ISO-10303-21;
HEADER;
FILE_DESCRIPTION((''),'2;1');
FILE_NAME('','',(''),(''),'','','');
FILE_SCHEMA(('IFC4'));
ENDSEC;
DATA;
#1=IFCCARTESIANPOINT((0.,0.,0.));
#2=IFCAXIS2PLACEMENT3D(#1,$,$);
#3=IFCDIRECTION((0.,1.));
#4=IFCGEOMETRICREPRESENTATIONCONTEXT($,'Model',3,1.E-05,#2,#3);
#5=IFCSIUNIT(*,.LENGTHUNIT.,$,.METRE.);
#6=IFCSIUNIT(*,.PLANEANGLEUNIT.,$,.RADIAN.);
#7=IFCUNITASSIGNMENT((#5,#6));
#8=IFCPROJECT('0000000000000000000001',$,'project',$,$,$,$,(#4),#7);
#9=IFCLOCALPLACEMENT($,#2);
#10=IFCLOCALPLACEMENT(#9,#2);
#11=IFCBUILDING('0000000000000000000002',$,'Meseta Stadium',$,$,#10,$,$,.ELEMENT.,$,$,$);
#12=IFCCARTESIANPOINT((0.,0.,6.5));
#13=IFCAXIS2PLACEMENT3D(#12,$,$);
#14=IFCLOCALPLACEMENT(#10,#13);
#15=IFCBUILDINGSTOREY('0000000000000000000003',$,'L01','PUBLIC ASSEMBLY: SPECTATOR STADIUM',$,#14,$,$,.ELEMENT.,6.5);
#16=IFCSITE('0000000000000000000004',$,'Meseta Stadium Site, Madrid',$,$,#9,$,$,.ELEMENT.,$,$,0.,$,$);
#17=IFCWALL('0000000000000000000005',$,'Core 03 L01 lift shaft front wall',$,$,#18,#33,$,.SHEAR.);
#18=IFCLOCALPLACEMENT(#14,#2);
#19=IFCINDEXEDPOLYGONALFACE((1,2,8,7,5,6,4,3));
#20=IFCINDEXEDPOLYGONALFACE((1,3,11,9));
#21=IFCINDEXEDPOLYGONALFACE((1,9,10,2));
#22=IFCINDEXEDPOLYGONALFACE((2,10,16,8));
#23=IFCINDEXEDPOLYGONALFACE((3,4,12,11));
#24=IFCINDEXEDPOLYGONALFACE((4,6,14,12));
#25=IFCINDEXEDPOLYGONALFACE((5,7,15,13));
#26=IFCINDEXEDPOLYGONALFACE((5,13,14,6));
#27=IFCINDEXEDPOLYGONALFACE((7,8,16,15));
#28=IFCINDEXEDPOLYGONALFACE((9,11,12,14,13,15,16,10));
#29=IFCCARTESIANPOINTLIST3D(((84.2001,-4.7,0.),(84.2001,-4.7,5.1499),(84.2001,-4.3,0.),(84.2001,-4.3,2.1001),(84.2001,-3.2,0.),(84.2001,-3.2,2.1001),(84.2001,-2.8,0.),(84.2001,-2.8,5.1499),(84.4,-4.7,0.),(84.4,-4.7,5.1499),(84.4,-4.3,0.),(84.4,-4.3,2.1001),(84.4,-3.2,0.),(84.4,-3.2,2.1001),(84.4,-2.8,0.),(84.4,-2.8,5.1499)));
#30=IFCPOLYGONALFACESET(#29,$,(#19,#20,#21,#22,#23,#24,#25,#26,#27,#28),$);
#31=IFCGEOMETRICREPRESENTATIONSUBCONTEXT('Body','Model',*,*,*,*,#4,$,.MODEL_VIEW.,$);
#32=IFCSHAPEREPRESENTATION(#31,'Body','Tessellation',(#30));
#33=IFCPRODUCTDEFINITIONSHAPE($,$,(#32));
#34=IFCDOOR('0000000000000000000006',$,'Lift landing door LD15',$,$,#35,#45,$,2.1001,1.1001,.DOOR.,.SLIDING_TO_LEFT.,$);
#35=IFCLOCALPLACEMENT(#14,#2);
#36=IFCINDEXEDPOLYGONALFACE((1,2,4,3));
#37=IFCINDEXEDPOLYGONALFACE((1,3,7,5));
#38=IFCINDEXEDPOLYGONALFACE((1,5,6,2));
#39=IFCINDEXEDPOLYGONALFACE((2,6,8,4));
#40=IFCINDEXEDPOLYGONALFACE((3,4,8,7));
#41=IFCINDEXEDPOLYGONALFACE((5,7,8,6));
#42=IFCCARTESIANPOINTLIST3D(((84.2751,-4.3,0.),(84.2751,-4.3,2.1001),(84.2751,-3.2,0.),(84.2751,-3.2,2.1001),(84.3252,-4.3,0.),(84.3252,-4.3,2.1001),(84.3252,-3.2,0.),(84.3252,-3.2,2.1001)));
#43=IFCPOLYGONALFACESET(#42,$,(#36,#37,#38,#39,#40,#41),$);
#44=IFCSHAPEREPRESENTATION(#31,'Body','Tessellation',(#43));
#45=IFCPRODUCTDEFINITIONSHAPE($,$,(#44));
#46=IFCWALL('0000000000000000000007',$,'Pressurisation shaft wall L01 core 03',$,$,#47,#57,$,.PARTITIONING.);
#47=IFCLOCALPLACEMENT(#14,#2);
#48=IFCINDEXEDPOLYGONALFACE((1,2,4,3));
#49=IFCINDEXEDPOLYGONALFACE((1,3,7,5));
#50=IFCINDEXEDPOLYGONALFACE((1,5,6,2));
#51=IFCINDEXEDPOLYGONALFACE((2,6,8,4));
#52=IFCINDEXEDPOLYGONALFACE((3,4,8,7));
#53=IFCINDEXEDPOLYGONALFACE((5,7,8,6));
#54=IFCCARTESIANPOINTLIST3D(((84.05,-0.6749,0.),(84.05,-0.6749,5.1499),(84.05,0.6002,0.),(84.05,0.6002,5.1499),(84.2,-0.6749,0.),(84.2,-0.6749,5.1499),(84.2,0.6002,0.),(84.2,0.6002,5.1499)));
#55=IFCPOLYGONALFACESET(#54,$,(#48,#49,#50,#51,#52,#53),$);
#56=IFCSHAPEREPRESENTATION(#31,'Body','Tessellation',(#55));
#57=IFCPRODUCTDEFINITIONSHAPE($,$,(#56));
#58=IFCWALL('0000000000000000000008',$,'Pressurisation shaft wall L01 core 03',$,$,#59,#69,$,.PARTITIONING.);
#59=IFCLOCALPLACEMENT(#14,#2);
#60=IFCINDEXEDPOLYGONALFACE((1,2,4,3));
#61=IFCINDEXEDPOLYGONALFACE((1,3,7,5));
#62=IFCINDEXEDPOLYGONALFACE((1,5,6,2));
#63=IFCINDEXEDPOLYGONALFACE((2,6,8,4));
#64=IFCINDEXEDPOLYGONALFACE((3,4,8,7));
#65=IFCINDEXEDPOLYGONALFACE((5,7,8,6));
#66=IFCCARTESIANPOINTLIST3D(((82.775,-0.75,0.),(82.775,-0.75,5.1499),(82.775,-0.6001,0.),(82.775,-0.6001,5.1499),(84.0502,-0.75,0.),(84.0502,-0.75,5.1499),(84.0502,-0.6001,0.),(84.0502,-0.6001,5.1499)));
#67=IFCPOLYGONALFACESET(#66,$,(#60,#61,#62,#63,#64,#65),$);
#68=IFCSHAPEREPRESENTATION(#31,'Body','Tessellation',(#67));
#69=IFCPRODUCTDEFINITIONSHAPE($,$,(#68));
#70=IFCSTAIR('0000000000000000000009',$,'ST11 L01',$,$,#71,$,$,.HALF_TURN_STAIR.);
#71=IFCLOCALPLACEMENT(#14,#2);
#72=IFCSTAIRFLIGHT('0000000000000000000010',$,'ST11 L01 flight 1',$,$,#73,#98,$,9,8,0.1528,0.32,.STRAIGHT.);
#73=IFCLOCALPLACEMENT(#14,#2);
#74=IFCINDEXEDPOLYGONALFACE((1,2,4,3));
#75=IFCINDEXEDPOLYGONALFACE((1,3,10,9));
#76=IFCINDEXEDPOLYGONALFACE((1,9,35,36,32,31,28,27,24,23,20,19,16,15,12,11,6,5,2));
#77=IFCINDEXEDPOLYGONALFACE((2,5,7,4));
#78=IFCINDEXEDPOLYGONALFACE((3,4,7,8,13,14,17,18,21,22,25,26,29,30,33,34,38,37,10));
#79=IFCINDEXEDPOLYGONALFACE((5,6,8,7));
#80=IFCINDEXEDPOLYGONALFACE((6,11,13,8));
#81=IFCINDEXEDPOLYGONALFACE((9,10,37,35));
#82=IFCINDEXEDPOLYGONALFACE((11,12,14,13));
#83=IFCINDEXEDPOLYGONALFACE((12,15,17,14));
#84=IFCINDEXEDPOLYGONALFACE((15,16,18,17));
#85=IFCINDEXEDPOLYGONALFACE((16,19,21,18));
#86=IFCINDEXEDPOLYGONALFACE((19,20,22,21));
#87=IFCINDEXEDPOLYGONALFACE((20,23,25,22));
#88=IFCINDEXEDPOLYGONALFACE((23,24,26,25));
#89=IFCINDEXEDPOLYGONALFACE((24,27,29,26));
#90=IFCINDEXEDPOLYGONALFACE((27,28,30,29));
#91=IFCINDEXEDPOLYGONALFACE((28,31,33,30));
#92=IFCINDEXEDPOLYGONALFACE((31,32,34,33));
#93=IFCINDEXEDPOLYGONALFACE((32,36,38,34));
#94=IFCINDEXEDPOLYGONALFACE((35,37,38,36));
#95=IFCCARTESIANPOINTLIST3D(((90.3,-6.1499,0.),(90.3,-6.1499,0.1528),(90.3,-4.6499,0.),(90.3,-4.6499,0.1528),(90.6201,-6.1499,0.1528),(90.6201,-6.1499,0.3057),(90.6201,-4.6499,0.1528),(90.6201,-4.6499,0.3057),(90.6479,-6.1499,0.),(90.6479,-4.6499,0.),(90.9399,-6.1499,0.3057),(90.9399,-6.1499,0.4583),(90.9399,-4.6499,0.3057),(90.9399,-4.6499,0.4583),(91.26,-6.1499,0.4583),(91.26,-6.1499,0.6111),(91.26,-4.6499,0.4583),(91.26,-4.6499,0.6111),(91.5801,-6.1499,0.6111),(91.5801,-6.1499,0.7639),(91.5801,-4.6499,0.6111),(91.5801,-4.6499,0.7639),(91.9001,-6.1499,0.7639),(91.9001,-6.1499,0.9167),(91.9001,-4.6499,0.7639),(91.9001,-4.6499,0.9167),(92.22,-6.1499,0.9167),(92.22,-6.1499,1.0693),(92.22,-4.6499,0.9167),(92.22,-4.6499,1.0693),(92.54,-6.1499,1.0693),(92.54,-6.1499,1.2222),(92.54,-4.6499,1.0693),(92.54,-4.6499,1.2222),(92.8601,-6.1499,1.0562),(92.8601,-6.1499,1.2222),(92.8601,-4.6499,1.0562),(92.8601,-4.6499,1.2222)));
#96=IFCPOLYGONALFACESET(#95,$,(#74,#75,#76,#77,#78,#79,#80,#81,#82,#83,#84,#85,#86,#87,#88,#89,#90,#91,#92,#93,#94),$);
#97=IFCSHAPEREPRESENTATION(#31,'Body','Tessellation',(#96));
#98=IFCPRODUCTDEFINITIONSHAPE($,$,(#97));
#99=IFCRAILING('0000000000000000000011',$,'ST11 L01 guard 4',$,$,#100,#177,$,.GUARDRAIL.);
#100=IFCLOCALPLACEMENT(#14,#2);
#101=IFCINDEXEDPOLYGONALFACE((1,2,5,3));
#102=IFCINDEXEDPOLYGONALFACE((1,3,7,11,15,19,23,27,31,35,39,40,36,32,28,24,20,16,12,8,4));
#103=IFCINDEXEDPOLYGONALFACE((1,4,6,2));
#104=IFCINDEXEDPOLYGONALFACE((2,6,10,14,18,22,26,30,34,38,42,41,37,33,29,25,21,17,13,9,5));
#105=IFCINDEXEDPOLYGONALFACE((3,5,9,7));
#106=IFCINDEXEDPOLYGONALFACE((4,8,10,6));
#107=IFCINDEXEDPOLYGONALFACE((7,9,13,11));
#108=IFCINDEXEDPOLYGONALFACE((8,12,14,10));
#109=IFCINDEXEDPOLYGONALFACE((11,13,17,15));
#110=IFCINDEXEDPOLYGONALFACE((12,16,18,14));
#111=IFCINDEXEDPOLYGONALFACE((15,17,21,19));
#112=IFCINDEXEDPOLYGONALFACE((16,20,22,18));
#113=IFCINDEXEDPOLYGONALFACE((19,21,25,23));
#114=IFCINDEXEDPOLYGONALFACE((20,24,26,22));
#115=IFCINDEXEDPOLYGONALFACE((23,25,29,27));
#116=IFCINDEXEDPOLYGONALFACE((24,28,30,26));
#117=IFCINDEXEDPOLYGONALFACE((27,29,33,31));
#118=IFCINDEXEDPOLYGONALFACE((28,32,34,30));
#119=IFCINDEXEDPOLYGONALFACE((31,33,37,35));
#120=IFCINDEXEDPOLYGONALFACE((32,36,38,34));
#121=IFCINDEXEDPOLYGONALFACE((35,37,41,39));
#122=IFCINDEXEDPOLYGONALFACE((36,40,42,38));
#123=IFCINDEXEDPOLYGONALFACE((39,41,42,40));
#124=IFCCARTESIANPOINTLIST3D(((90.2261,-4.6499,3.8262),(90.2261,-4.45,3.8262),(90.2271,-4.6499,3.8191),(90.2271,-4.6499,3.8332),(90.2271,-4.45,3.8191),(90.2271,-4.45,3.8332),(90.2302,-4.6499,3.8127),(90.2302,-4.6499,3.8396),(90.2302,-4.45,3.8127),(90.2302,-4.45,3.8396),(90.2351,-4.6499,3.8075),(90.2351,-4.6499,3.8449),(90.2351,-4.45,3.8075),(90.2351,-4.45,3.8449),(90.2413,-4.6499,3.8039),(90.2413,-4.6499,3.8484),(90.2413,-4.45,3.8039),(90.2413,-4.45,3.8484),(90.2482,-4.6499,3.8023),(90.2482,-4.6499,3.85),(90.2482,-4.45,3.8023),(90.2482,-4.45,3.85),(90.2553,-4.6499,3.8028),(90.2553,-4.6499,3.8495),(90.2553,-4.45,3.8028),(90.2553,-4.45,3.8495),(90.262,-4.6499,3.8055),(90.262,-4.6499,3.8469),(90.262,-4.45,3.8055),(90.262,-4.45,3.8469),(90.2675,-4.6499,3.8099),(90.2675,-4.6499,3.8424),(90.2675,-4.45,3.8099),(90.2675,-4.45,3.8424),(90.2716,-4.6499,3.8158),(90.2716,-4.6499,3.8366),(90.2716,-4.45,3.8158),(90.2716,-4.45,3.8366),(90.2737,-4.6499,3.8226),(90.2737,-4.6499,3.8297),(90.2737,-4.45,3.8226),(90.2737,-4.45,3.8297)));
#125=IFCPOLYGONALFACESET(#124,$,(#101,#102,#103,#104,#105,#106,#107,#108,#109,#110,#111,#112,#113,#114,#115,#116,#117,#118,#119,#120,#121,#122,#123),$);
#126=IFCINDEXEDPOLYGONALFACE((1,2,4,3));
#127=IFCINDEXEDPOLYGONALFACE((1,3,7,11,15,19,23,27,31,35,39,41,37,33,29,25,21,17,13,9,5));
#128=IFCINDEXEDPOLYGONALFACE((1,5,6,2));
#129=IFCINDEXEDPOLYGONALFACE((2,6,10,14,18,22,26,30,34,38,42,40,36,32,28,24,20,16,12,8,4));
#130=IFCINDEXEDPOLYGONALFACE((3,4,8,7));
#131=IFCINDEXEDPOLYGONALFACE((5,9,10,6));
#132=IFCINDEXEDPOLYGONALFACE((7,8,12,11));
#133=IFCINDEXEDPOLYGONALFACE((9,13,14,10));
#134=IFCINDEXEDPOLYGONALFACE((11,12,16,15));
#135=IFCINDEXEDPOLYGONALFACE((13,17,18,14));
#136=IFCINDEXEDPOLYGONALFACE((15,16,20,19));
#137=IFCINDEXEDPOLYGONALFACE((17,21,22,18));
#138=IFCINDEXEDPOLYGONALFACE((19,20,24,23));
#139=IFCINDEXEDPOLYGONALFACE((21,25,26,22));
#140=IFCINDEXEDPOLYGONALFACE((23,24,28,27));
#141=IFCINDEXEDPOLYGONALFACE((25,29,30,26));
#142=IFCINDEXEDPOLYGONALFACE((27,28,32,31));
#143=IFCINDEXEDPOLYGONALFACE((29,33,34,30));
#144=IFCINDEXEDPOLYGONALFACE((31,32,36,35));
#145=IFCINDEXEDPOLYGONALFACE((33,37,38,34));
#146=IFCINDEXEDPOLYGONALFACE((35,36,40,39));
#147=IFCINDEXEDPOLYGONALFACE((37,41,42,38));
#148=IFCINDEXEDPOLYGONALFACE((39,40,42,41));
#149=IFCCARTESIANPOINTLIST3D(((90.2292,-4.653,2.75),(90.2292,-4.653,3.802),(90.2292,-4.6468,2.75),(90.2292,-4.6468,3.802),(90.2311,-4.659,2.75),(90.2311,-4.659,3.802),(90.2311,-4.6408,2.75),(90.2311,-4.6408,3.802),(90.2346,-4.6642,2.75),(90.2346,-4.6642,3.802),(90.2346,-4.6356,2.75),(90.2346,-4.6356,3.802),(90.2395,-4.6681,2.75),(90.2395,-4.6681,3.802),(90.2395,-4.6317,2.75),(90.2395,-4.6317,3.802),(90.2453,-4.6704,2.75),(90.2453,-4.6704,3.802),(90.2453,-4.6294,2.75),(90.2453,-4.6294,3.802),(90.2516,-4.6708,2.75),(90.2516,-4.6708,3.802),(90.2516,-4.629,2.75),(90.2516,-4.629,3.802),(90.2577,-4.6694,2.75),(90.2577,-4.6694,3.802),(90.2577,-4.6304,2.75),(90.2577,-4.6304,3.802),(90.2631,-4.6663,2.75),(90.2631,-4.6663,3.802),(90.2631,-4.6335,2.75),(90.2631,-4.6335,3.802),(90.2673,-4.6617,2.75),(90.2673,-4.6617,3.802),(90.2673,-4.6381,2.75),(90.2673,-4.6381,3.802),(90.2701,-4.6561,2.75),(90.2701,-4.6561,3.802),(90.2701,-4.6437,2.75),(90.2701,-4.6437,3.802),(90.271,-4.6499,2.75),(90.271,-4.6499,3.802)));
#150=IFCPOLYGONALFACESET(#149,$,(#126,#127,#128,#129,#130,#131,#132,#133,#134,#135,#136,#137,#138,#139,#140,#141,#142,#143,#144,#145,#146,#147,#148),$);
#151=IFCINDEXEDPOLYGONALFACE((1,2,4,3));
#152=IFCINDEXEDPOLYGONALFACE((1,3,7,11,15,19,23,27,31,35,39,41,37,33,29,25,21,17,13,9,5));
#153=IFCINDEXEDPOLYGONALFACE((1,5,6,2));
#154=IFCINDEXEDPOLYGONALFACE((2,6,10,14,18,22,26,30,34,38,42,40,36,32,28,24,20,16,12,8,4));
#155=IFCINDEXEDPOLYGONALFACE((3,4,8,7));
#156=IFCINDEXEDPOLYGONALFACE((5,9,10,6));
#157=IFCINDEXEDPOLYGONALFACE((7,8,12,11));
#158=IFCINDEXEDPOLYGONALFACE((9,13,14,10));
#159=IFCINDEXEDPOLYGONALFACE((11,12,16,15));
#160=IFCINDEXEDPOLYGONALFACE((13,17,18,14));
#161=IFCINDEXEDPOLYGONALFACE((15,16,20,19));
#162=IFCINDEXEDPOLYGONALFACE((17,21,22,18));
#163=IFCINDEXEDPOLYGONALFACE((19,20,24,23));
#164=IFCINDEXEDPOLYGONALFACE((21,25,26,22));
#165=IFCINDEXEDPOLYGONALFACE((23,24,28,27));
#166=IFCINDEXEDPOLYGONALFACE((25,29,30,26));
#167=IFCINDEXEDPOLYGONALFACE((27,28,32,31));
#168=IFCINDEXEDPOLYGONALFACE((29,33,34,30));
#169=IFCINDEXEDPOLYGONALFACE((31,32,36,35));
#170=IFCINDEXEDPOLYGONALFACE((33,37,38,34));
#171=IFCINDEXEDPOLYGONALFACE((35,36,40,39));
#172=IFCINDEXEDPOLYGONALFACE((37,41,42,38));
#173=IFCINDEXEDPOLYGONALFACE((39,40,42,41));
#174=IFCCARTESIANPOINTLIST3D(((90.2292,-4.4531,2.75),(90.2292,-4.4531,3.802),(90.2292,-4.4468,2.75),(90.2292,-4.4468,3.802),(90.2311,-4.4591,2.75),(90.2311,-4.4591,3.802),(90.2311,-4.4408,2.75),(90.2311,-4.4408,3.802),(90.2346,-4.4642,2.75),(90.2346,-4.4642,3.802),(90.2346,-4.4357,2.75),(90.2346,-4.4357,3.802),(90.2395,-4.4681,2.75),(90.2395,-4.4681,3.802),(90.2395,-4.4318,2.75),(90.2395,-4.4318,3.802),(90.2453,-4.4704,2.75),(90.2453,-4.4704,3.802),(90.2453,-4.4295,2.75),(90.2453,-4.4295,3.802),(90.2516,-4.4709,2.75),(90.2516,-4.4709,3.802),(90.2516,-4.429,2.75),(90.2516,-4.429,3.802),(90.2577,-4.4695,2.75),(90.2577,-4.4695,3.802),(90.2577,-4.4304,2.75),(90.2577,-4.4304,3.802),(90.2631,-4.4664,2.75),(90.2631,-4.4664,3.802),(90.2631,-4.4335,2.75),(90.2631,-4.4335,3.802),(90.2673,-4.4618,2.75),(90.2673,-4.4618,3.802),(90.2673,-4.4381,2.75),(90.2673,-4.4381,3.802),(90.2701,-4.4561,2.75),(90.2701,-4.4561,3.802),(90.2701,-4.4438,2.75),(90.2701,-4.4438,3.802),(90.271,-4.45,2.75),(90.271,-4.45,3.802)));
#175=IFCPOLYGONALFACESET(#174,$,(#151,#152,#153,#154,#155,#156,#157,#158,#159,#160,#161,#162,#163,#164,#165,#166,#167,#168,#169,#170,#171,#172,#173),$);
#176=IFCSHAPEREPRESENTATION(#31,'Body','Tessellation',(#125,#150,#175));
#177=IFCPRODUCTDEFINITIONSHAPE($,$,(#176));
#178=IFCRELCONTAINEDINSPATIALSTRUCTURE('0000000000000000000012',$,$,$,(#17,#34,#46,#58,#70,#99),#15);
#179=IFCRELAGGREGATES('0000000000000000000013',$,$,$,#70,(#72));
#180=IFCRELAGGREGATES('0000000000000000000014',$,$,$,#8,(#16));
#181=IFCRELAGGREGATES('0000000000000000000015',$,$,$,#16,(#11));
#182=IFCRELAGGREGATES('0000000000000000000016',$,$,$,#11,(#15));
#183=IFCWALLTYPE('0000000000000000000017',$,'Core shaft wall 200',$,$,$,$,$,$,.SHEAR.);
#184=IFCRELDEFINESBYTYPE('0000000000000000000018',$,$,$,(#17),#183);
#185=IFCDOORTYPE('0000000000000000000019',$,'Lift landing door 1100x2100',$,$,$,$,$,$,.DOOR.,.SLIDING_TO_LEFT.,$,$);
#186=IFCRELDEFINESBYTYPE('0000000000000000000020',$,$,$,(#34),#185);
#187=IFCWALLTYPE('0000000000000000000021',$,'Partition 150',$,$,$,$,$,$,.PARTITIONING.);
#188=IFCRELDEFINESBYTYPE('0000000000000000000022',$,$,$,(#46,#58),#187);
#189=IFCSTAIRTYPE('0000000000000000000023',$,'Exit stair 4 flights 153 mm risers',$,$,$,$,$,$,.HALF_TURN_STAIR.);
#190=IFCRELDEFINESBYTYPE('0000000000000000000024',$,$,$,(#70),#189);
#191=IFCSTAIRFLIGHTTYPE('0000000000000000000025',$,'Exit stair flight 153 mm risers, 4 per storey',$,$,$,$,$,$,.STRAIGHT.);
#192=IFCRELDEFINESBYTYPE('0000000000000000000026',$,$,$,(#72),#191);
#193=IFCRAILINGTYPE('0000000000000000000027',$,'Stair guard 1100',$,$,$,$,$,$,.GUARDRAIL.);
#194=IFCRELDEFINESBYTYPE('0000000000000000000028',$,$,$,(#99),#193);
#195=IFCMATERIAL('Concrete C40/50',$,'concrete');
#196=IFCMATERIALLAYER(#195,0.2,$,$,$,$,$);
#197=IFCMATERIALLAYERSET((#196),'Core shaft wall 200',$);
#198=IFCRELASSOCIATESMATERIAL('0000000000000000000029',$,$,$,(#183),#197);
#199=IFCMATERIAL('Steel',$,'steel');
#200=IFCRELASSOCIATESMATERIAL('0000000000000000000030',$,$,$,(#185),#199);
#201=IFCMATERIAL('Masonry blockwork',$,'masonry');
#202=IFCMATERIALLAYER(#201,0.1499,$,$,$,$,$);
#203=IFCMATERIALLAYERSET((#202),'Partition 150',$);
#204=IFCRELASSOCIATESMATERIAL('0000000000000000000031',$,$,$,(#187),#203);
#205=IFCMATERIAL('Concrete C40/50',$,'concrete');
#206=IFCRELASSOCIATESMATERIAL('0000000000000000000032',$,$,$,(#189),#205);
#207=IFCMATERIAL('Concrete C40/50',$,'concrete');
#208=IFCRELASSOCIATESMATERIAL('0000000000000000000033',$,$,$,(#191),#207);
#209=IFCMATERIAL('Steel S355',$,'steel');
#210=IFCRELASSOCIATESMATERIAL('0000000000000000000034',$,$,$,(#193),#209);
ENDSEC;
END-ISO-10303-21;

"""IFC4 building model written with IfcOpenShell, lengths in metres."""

from ifc_helpers import new_model, si_unit, direction, frame, frame_2d, origin, origin_2d, place, context, subcontext, project, spatial, polyline, rectangle, circle, outline, extrude, material, layer, layer_set, type_object, element, fill, aggregate, save


model = new_model("IFC4")

# Units and contexts
model_context = context("Model", 3, precision=1e-05, world=origin(), true_north=direction((0.0, 1.0)))
body_context = subcontext(model_context, "Body", "Model", "MODEL_VIEW")
ifc_project = project(units=[si_unit("LENGTHUNIT", "METRE"), si_unit("PLANEANGLEUNIT", "RADIAN")], contexts=[model_context])

# Site, building, storey
site_placement = place(None, origin())
site = spatial("IfcSite", under=ifc_project, at=site_placement, Name="Meseta Stadium Site, Madrid", CompositionType="ELEMENT", RefElevation=0.0)
building_placement = place(site_placement, origin())
building = spatial("IfcBuilding", under=site, at=building_placement, Name="Meseta Stadium", CompositionType="ELEMENT")
storey_placement = place(building_placement, frame((0.0, 0.0, 6.5)))
storey = spatial("IfcBuildingStorey", under=building, at=storey_placement, Name="L01", Description="PUBLIC ASSEMBLY: SPECTATOR STADIUM", CompositionType="ELEMENT", Elevation=6.5)

# Shared definitions
ifc_material_1 = material(Name="Concrete C40/50", Category="concrete")
ifc_layer_1 = layer(ifc_material_1, 0.2)
ifc_layer_set_1 = layer_set([ifc_layer_1], Name="Core shaft wall 200")
wall_type_1 = type_object("IfcWallType", Name="Core shaft wall 200", PredefinedType="SHEAR", material=ifc_layer_set_1)

# Wall, opening, door
wall_1_placement = place(storey_placement, frame((84.3, -4.7, 0.0), z_axis=(0.0, 0.0, 1.0), x_axis=(0.0, 1.0, 0.0)))
wall_1 = element("IfcWall", 1, at=wall_1_placement, inside=storey, type_object=wall_type_1, Name="Core 03 L01 lift shaft front wall", PredefinedType="SHEAR", context=body_context, shape_type="SweptSolid", body=[
    extrude(rectangle(XDim=1.8999, YDim=0.2, at=frame_2d((0.95, 0.0))), origin(), (0.0, 0.0, 1.0), 5.1499),
])
opening_1_placement = place(wall_1_placement, frame((0.3999, 0.0, 0.0)))
opening_1 = element("IfcOpeningElement", 2, at=opening_1_placement, cuts=wall_1, PredefinedType="OPENING", context=body_context, shape_type="SweptSolid", body=[
    extrude(rectangle(XDim=1.1001, YDim=2.1001, at=frame_2d((0.55, 1.05))), frame((0.0, 0.1099, 0.0), z_axis=(0.0, -1.0, 0.0), x_axis=(1.0, 0.0, 0.0)), (0.0, 0.0, 1.0), 0.22),
])
ifc_material_2 = material(Name="Steel", Category="steel")
door_type_1 = type_object("IfcDoorType", Name="Lift landing door 1100x2100", OperationType="SLIDING_TO_LEFT", PredefinedType="DOOR", material=ifc_material_2)
door_1_placement = place(opening_1_placement, origin())
door_1 = element("IfcDoor", 3, at=door_1_placement, inside=storey, type_object=door_type_1, Name="Lift landing door LD15", OperationType="SLIDING_TO_LEFT", OverallHeight=2.1001, OverallWidth=1.1001, PredefinedType="DOOR", context=body_context, shape_type="SweptSolid", body=[
    extrude(rectangle(XDim=1.1001, YDim=2.1001, at=frame_2d((0.55, 1.05))), frame((0.0, 0.0249, 0.0), z_axis=(0.0, -1.0, 0.0), x_axis=(1.0, 0.0, 0.0)), (0.0, 0.0, 1.0), 0.05),
])
fill(opening_1, door_1)

# Walls
ifc_material_3 = material(Name="Masonry blockwork", Category="masonry")
ifc_layer_2 = layer(ifc_material_3, 0.1499)
ifc_layer_set_2 = layer_set([ifc_layer_2], Name="Partition 150")
wall_type_2 = type_object("IfcWallType", Name="Partition 150", PredefinedType="PARTITIONING", material=ifc_layer_set_2)
for number, where, z_axis, x_axis, name in (
    (4, (84.125, -0.675, 0.0), (0.0, 0.0, 1.0), (0.0, 1.0, 0.0), "Pressurisation shaft wall L01 core 03"),
    (5, (82.7749, -0.675, 0.0), (0.0, 0.0, 1.0), (1.0, 0.0, 0.0), "Pressurisation shaft wall L01 core 03"),
):
    element("IfcWall", number, at=place(storey_placement, frame(where, z_axis=z_axis, x_axis=x_axis)), inside=storey, type_object=wall_type_2, Name=name, PredefinedType="PARTITIONING", context=body_context, shape_type="SweptSolid", body=[
        extrude(rectangle(XDim=1.2751, YDim=0.1499, at=frame_2d((0.6377, 0.0))), origin(), (0.0, 0.0, 1.0), 5.1499),
    ])

# Stair, stair flight
ifc_material_4 = material(Name="Concrete C40/50", Category="concrete")
stair_type = type_object("IfcStairType", Name="Exit stair 4 flights 153 mm risers", PredefinedType="HALF_TURN_STAIR", material=ifc_material_4)
stair_placement = place(storey_placement, origin())
stair = element("IfcStair", 6, at=stair_placement, inside=storey, type_object=stair_type, Name="ST11 L01", PredefinedType="HALF_TURN_STAIR")
ifc_material_5 = material(Name="Concrete C40/50", Category="concrete")
stair_flight_type = type_object("IfcStairFlightType", Name="Exit stair flight 153 mm risers, 4 per storey", PredefinedType="STRAIGHT", material=ifc_material_5)
stair_flight_placement = place(storey_placement, frame((90.3, -5.3999, 0.0), z_axis=(0.0, 0.0, 1.0), x_axis=(1.0, 0.0, 0.0)))
stair_flight = element("IfcStairFlight", 7, at=stair_flight_placement, type_object=stair_flight_type, Name="ST11 L01 flight 1", NumberOfRisers=9, NumberOfTreads=8, PredefinedType="STRAIGHT", RiserHeight=0.1528, TreadLength=0.32, context=body_context, shape_type="SweptSolid", body=[
    extrude(outline(polyline([(0.0, 0.0), (0.0, 0.1528), (0.3201, 0.1528), (0.3201, 0.3057), (0.6399, 0.3057), (0.6399, 0.4583), (0.96, 0.4583), (0.96, 0.6111), (1.28, 0.6111), (1.28, 0.7639), (1.6001, 0.7639), (1.6001, 0.9167), (1.9199, 0.9167), (1.9199, 1.0693), (2.24, 1.0693), (2.24, 1.2222), (2.5601, 1.2222), (2.5601, 1.0562), (0.3479, 0.0), (0.0, 0.0)])), frame((0.0, 0.75, 0.0), z_axis=(0.0, -1.0, 0.0), x_axis=(1.0, 0.0, 0.0)), (0.0, 0.0, 1.0), 1.5),
])
aggregate(stair, [stair_flight])

# Railing
ifc_material_6 = material(Name="Steel S355", Category="steel")
railing_type_1 = type_object("IfcRailingType", Name="Stair guard 1100", PredefinedType="GUARDRAIL", material=ifc_material_6)
for number, where, name in (
    (8, (90.25, -4.6499, 2.75), "ST11 L01 guard 4"),
):
    element("IfcRailing", number, at=place(storey_placement, frame(where)), inside=storey, type_object=railing_type_1, Name=name, PredefinedType="GUARDRAIL", context=body_context, shape_type="SweptSolid", body=[
        extrude(circle(Radius=0.0239, at=origin_2d()), frame((0.0, 0.0, 1.0762), z_axis=(0.0, 1.0, 0.0), x_axis=(-1.0, 0.0, 0.0)), (0.0, 0.0, 1.0), 0.2),
        extrude(circle(Radius=0.021, at=origin_2d()), origin(), (0.0, 0.0, 1.0), 1.052),
        extrude(circle(Radius=0.021, at=origin_2d()), frame((0.0, 0.2, 0.0)), (0.0, 0.0, 1.0), 1.052),
    ])

save(model, "model.ifc")
